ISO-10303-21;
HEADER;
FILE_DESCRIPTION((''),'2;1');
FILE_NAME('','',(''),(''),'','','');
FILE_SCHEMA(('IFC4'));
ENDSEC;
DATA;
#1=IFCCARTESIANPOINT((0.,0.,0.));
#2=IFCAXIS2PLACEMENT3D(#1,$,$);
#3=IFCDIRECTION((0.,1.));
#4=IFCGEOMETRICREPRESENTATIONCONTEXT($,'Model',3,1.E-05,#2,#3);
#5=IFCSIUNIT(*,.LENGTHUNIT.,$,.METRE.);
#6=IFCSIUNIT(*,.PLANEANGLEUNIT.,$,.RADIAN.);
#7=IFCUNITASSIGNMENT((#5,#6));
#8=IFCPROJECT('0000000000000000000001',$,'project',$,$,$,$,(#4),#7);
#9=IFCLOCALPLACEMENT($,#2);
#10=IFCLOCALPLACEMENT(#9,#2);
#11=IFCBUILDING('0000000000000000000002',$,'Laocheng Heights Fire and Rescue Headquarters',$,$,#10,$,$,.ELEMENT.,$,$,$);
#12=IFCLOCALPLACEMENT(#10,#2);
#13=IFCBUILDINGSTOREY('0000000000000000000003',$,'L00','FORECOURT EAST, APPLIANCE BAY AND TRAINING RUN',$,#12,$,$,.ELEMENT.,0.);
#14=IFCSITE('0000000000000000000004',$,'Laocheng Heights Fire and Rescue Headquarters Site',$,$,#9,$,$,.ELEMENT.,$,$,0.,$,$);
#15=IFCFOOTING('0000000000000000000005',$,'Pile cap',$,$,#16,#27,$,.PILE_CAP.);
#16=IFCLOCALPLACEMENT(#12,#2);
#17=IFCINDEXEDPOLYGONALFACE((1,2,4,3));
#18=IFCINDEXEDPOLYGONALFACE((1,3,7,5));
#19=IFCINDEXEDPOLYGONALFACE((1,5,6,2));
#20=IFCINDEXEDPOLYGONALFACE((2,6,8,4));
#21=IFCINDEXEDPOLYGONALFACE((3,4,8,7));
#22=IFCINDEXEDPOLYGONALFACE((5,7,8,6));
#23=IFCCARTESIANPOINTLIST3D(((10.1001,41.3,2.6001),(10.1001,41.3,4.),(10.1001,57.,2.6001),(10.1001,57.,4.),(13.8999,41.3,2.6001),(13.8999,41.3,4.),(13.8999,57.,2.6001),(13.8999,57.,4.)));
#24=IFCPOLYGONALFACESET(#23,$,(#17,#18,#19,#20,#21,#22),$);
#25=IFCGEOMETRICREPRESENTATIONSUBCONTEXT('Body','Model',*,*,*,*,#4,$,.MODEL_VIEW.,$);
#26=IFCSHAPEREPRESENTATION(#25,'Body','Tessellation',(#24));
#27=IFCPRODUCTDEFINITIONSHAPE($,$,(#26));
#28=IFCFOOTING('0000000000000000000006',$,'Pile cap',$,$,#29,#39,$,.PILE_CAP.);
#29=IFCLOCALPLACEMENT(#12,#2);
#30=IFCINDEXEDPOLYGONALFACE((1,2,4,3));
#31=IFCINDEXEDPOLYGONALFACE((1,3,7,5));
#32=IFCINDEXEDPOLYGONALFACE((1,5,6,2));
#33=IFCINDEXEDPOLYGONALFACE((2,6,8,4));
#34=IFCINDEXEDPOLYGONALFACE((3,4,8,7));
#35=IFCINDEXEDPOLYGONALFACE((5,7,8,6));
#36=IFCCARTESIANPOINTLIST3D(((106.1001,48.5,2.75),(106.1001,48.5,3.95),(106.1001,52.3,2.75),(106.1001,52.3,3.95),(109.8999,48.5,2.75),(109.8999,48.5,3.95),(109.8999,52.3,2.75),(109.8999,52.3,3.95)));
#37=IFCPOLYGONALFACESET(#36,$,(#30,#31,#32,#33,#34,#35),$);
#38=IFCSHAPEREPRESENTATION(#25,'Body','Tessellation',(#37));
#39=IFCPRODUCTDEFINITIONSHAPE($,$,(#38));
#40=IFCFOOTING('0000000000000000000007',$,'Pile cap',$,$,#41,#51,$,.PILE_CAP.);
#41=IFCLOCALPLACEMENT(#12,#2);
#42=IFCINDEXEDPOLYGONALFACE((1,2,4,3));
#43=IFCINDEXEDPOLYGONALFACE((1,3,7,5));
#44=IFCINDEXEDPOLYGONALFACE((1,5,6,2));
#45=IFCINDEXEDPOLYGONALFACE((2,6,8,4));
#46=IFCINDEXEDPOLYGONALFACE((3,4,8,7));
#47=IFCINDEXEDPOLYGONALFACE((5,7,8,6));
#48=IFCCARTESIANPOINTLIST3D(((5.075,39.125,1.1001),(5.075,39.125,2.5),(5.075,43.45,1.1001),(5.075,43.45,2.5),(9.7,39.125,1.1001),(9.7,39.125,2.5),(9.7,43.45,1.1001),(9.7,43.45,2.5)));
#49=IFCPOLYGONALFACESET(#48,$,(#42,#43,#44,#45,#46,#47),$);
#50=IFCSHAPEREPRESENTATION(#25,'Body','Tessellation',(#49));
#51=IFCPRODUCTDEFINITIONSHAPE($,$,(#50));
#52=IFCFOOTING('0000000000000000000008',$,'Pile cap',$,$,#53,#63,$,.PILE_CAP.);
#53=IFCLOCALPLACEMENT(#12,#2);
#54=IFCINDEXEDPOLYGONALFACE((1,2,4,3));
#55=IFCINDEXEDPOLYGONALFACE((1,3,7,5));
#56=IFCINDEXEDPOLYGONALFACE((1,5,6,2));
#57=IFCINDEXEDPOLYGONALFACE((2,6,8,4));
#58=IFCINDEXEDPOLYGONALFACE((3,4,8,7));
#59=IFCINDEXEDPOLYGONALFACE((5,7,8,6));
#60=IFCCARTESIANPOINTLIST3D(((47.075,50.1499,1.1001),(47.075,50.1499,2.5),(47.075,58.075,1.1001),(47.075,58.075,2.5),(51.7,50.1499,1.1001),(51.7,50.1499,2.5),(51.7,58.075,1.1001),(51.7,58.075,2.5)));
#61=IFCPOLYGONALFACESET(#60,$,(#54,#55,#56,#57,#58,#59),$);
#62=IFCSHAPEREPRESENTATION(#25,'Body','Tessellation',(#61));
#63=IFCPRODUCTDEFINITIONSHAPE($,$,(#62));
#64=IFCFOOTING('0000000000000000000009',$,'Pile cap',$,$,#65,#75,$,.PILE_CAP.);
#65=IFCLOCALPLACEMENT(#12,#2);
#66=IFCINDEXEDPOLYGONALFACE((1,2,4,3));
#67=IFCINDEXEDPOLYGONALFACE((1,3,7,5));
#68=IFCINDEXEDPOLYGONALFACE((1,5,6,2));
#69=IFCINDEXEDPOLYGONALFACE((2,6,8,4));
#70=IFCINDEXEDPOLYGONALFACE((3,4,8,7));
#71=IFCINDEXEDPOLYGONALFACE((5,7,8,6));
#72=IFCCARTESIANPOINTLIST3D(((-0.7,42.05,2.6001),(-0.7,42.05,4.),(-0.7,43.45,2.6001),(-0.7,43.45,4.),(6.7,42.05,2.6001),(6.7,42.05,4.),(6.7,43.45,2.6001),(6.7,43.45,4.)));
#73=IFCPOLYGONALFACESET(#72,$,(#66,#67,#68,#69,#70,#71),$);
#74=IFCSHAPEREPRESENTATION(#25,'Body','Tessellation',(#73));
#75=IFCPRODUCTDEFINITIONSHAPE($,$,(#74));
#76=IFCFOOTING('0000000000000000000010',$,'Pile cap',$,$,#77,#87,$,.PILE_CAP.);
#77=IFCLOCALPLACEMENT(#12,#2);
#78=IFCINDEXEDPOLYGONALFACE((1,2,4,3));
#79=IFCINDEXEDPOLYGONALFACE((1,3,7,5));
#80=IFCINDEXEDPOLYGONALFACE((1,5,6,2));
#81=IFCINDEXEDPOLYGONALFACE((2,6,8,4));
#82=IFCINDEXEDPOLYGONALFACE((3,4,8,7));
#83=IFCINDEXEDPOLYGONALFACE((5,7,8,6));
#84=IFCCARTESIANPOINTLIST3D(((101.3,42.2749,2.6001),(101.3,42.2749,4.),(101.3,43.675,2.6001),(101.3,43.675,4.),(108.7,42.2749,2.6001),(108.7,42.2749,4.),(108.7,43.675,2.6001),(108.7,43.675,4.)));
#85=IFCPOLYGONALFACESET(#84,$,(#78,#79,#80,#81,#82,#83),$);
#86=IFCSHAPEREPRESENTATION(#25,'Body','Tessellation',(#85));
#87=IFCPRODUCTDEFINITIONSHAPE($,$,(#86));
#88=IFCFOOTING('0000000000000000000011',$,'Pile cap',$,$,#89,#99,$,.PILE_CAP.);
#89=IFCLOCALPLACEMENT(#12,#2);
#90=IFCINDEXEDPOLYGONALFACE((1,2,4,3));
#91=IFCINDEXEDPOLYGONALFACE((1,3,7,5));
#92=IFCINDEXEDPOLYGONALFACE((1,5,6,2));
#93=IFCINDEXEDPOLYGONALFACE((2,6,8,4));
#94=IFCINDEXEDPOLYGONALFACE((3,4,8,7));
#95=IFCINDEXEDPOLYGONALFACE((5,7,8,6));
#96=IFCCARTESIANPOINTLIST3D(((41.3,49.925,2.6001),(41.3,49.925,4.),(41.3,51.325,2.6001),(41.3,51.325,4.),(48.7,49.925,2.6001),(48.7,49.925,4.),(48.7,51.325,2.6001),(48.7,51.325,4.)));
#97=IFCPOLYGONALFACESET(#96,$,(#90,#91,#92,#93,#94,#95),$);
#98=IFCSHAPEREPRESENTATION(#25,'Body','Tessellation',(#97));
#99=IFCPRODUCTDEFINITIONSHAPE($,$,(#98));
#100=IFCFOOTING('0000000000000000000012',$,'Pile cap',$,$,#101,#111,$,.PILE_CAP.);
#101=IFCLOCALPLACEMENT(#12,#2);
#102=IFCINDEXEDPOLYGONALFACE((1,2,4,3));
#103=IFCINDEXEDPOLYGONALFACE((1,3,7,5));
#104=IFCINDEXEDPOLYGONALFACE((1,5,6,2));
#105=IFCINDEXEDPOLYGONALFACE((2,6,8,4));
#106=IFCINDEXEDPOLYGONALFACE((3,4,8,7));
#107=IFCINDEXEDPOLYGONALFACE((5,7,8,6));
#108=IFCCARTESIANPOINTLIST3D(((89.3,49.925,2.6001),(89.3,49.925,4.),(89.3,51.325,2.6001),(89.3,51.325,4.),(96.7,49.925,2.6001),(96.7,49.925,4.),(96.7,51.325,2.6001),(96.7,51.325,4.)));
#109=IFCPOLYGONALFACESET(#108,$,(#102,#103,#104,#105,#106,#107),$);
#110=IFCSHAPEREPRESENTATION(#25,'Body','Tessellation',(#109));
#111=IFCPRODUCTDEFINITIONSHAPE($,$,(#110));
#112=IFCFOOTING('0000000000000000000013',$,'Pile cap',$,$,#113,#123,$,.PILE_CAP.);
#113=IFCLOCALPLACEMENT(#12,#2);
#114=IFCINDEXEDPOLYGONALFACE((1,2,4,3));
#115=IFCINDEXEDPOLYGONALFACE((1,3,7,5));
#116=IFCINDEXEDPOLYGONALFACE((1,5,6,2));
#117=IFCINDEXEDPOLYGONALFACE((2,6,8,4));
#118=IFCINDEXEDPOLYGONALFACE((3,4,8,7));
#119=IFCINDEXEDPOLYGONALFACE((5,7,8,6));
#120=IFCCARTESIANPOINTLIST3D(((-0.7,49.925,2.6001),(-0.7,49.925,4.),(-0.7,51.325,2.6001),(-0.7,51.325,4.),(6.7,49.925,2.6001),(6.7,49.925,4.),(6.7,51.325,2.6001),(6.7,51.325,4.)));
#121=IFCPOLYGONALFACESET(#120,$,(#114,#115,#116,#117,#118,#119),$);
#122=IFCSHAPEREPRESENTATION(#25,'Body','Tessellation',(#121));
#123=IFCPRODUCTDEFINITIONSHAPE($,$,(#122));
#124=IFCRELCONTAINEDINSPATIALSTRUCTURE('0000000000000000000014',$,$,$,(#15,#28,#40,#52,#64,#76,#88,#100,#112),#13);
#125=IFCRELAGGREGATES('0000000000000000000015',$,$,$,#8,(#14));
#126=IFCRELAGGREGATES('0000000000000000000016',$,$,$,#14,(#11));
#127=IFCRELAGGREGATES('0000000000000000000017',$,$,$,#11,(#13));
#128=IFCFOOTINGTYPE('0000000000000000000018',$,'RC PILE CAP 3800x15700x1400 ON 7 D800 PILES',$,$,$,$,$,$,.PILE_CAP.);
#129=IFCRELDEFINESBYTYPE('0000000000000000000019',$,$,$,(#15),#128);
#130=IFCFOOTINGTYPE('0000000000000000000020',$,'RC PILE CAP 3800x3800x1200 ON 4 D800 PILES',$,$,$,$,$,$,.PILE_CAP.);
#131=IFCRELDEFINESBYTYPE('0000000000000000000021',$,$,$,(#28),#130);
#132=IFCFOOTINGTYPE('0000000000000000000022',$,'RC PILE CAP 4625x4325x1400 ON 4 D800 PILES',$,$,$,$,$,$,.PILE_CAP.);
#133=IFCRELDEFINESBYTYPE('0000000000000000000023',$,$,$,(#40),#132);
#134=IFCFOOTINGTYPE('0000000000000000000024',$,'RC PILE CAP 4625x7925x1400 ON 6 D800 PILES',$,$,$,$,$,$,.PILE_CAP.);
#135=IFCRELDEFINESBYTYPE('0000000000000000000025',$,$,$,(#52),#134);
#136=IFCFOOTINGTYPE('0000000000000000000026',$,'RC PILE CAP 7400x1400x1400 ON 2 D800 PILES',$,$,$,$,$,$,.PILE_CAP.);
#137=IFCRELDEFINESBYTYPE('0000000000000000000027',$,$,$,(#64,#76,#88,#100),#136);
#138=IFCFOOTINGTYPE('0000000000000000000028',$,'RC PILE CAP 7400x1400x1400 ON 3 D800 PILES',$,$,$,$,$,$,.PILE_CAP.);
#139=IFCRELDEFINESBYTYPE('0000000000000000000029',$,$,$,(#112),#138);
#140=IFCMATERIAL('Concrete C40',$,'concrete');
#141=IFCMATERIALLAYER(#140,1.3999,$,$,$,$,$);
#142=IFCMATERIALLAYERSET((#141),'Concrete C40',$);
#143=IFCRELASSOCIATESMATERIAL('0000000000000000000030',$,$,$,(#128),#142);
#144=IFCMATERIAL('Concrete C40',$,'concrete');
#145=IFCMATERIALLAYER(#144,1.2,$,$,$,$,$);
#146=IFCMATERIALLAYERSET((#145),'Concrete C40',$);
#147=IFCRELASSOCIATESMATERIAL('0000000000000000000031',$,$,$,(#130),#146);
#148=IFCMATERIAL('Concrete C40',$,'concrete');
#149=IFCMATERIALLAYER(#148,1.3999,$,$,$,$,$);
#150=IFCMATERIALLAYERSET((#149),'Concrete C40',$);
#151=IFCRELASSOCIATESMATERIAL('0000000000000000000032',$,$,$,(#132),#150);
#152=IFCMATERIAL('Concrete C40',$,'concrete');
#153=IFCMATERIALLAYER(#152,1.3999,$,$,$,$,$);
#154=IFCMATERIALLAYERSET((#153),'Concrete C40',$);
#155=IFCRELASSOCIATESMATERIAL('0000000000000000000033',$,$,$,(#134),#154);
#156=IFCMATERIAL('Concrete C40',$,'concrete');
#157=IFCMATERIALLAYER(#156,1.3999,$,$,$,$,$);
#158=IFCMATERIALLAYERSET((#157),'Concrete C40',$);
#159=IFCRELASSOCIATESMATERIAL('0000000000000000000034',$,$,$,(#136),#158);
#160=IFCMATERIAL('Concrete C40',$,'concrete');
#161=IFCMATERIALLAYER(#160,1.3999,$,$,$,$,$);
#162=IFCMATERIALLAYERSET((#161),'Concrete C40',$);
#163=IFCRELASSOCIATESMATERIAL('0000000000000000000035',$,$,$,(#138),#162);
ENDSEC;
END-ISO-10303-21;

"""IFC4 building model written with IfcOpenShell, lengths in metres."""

from ifc_helpers import new_model, si_unit, direction, frame, origin, place, context, subcontext, project, spatial, polyline, outline, extrude, material, layer, layer_set, type_object, element, save


model = new_model("IFC4")

# Units and contexts
model_context = context("Model", 3, precision=1e-05, world=origin(), true_north=direction((0.0, 1.0)))
body_context = subcontext(model_context, "Body", "Model", "MODEL_VIEW")
ifc_project = project(units=[si_unit("LENGTHUNIT", "METRE"), si_unit("PLANEANGLEUNIT", "RADIAN")], contexts=[model_context])

# Site, building, storey
site_placement = place(None, origin())
site = spatial("IfcSite", under=ifc_project, at=site_placement, Name="Laocheng Heights Fire and Rescue Headquarters Site", CompositionType="ELEMENT", RefElevation=0.0)
building_placement = place(site_placement, origin())
building = spatial("IfcBuilding", under=site, at=building_placement, Name="Laocheng Heights Fire and Rescue Headquarters", CompositionType="ELEMENT")
storey_placement = place(building_placement, origin())
storey = spatial("IfcBuildingStorey", under=building, at=storey_placement, Name="L00", Description="FORECOURT EAST, APPLIANCE BAY AND TRAINING RUN", CompositionType="ELEMENT", Elevation=0.0)

# Footings
ifc_material_1 = material(Name="Concrete C40", Category="concrete")
ifc_layer_1 = layer(ifc_material_1, 1.3999)
ifc_layer_set_1 = layer_set([ifc_layer_1], Name="Concrete C40")
footing_type_1 = type_object("IfcFootingType", Name="RC PILE CAP 3800x15700x1400 ON 7 D800 PILES", PredefinedType="PILE_CAP", material=ifc_layer_set_1)
footing_1_placement = place(storey_placement, frame((0.0, 0.0, 2.6001)))
element("IfcFooting", 1, at=footing_1_placement, inside=storey, type_object=footing_type_1, Name="Pile cap", PredefinedType="PILE_CAP", context=body_context, shape_type="SweptSolid", body=[
    extrude(outline(polyline([(13.8999, 41.3), (13.8999, 57.0), (10.1001, 57.0), (10.1001, 41.3), (13.8999, 41.3)])), origin(), (0.0, 0.0, 1.0), 1.3999),
])
ifc_material_2 = material(Name="Concrete C40", Category="concrete")
ifc_layer_2 = layer(ifc_material_2, 1.2)
ifc_layer_set_2 = layer_set([ifc_layer_2], Name="Concrete C40")
footing_type_2 = type_object("IfcFootingType", Name="RC PILE CAP 3800x3800x1200 ON 4 D800 PILES", PredefinedType="PILE_CAP", material=ifc_layer_set_2)
footing_2_placement = place(storey_placement, frame((0.0, 0.0, 2.75)))
element("IfcFooting", 2, at=footing_2_placement, inside=storey, type_object=footing_type_2, Name="Pile cap", PredefinedType="PILE_CAP", context=body_context, shape_type="SweptSolid", body=[
    extrude(outline(polyline([(109.8999, 48.5), (109.8999, 52.3), (106.1001, 52.3), (106.1001, 48.5), (109.8999, 48.5)])), origin(), (0.0, 0.0, 1.0), 1.2),
])
ifc_material_3 = material(Name="Concrete C40", Category="concrete")
ifc_layer_3 = layer(ifc_material_3, 1.3999)
ifc_layer_set_3 = layer_set([ifc_layer_3], Name="Concrete C40")
footing_type_3 = type_object("IfcFootingType", Name="RC PILE CAP 4625x4325x1400 ON 4 D800 PILES", PredefinedType="PILE_CAP", material=ifc_layer_set_3)
footing_3_placement = place(storey_placement, frame((0.0, 0.0, 1.1001)))
element("IfcFooting", 3, at=footing_3_placement, inside=storey, type_object=footing_type_3, Name="Pile cap", PredefinedType="PILE_CAP", context=body_context, shape_type="SweptSolid", body=[
    extrude(outline(polyline([(9.7, 39.125), (9.7, 43.45), (5.075, 43.45), (5.075, 39.125), (9.7, 39.125)])), origin(), (0.0, 0.0, 1.0), 1.3999),
])
ifc_material_4 = material(Name="Concrete C40", Category="concrete")
ifc_layer_4 = layer(ifc_material_4, 1.3999)
ifc_layer_set_4 = layer_set([ifc_layer_4], Name="Concrete C40")
footing_type_4 = type_object("IfcFootingType", Name="RC PILE CAP 4625x7925x1400 ON 6 D800 PILES", PredefinedType="PILE_CAP", material=ifc_layer_set_4)
footing_4_placement = place(storey_placement, frame((0.0, 0.0, 1.1001)))
element("IfcFooting", 4, at=footing_4_placement, inside=storey, type_object=footing_type_4, Name="Pile cap", PredefinedType="PILE_CAP", context=body_context, shape_type="SweptSolid", body=[
    extrude(outline(polyline([(51.7, 50.1499), (51.7, 58.075), (47.075, 58.075), (47.075, 50.1499), (51.7, 50.1499)])), origin(), (0.0, 0.0, 1.0), 1.3999),
])
ifc_material_5 = material(Name="Concrete C40", Category="concrete")
ifc_layer_5 = layer(ifc_material_5, 1.3999)
ifc_layer_set_5 = layer_set([ifc_layer_5], Name="Concrete C40")
footing_type_5 = type_object("IfcFootingType", Name="RC PILE CAP 7400x1400x1400 ON 2 D800 PILES", PredefinedType="PILE_CAP", material=ifc_layer_set_5)
footing_5_placement = place(storey_placement, frame((0.0, 0.0, 2.6001)))
element("IfcFooting", 5, at=footing_5_placement, inside=storey, type_object=footing_type_5, Name="Pile cap", PredefinedType="PILE_CAP", context=body_context, shape_type="SweptSolid", body=[
    extrude(outline(polyline([(6.7, 42.05), (6.7, 43.45), (-0.7, 43.45), (-0.7, 42.05), (6.7, 42.05)])), origin(), (0.0, 0.0, 1.0), 1.3999),
])
footing_6_placement = place(storey_placement, frame((0.0, 0.0, 2.6001)))
element("IfcFooting", 6, at=footing_6_placement, inside=storey, type_object=footing_type_5, Name="Pile cap", PredefinedType="PILE_CAP", context=body_context, shape_type="SweptSolid", body=[
    extrude(outline(polyline([(108.7, 42.2749), (108.7, 43.675), (101.3, 43.675), (101.3, 42.2749), (108.7, 42.2749)])), origin(), (0.0, 0.0, 1.0), 1.3999),
])
footing_7_placement = place(storey_placement, frame((0.0, 0.0, 2.6001)))
element("IfcFooting", 7, at=footing_7_placement, inside=storey, type_object=footing_type_5, Name="Pile cap", PredefinedType="PILE_CAP", context=body_context, shape_type="SweptSolid", body=[
    extrude(outline(polyline([(48.7, 49.925), (48.7, 51.325), (41.3, 51.325), (41.3, 49.925), (48.7, 49.925)])), origin(), (0.0, 0.0, 1.0), 1.3999),
])
footing_8_placement = place(storey_placement, frame((0.0, 0.0, 2.6001)))
element("IfcFooting", 8, at=footing_8_placement, inside=storey, type_object=footing_type_5, Name="Pile cap", PredefinedType="PILE_CAP", context=body_context, shape_type="SweptSolid", body=[
    extrude(outline(polyline([(96.7, 49.925), (96.7, 51.325), (89.3, 51.325), (89.3, 49.925), (96.7, 49.925)])), origin(), (0.0, 0.0, 1.0), 1.3999),
])
ifc_material_6 = material(Name="Concrete C40", Category="concrete")
ifc_layer_6 = layer(ifc_material_6, 1.3999)
ifc_layer_set_6 = layer_set([ifc_layer_6], Name="Concrete C40")
footing_type_6 = type_object("IfcFootingType", Name="RC PILE CAP 7400x1400x1400 ON 3 D800 PILES", PredefinedType="PILE_CAP", material=ifc_layer_set_6)
footing_9_placement = place(storey_placement, frame((0.0, 0.0, 2.6001)))
element("IfcFooting", 9, at=footing_9_placement, inside=storey, type_object=footing_type_6, Name="Pile cap", PredefinedType="PILE_CAP", context=body_context, shape_type="SweptSolid", body=[
    extrude(outline(polyline([(6.7, 49.925), (6.7, 51.325), (-0.7, 51.325), (-0.7, 49.925), (6.7, 49.925)])), origin(), (0.0, 0.0, 1.0), 1.3999),
])

save(model, "model.ifc")
